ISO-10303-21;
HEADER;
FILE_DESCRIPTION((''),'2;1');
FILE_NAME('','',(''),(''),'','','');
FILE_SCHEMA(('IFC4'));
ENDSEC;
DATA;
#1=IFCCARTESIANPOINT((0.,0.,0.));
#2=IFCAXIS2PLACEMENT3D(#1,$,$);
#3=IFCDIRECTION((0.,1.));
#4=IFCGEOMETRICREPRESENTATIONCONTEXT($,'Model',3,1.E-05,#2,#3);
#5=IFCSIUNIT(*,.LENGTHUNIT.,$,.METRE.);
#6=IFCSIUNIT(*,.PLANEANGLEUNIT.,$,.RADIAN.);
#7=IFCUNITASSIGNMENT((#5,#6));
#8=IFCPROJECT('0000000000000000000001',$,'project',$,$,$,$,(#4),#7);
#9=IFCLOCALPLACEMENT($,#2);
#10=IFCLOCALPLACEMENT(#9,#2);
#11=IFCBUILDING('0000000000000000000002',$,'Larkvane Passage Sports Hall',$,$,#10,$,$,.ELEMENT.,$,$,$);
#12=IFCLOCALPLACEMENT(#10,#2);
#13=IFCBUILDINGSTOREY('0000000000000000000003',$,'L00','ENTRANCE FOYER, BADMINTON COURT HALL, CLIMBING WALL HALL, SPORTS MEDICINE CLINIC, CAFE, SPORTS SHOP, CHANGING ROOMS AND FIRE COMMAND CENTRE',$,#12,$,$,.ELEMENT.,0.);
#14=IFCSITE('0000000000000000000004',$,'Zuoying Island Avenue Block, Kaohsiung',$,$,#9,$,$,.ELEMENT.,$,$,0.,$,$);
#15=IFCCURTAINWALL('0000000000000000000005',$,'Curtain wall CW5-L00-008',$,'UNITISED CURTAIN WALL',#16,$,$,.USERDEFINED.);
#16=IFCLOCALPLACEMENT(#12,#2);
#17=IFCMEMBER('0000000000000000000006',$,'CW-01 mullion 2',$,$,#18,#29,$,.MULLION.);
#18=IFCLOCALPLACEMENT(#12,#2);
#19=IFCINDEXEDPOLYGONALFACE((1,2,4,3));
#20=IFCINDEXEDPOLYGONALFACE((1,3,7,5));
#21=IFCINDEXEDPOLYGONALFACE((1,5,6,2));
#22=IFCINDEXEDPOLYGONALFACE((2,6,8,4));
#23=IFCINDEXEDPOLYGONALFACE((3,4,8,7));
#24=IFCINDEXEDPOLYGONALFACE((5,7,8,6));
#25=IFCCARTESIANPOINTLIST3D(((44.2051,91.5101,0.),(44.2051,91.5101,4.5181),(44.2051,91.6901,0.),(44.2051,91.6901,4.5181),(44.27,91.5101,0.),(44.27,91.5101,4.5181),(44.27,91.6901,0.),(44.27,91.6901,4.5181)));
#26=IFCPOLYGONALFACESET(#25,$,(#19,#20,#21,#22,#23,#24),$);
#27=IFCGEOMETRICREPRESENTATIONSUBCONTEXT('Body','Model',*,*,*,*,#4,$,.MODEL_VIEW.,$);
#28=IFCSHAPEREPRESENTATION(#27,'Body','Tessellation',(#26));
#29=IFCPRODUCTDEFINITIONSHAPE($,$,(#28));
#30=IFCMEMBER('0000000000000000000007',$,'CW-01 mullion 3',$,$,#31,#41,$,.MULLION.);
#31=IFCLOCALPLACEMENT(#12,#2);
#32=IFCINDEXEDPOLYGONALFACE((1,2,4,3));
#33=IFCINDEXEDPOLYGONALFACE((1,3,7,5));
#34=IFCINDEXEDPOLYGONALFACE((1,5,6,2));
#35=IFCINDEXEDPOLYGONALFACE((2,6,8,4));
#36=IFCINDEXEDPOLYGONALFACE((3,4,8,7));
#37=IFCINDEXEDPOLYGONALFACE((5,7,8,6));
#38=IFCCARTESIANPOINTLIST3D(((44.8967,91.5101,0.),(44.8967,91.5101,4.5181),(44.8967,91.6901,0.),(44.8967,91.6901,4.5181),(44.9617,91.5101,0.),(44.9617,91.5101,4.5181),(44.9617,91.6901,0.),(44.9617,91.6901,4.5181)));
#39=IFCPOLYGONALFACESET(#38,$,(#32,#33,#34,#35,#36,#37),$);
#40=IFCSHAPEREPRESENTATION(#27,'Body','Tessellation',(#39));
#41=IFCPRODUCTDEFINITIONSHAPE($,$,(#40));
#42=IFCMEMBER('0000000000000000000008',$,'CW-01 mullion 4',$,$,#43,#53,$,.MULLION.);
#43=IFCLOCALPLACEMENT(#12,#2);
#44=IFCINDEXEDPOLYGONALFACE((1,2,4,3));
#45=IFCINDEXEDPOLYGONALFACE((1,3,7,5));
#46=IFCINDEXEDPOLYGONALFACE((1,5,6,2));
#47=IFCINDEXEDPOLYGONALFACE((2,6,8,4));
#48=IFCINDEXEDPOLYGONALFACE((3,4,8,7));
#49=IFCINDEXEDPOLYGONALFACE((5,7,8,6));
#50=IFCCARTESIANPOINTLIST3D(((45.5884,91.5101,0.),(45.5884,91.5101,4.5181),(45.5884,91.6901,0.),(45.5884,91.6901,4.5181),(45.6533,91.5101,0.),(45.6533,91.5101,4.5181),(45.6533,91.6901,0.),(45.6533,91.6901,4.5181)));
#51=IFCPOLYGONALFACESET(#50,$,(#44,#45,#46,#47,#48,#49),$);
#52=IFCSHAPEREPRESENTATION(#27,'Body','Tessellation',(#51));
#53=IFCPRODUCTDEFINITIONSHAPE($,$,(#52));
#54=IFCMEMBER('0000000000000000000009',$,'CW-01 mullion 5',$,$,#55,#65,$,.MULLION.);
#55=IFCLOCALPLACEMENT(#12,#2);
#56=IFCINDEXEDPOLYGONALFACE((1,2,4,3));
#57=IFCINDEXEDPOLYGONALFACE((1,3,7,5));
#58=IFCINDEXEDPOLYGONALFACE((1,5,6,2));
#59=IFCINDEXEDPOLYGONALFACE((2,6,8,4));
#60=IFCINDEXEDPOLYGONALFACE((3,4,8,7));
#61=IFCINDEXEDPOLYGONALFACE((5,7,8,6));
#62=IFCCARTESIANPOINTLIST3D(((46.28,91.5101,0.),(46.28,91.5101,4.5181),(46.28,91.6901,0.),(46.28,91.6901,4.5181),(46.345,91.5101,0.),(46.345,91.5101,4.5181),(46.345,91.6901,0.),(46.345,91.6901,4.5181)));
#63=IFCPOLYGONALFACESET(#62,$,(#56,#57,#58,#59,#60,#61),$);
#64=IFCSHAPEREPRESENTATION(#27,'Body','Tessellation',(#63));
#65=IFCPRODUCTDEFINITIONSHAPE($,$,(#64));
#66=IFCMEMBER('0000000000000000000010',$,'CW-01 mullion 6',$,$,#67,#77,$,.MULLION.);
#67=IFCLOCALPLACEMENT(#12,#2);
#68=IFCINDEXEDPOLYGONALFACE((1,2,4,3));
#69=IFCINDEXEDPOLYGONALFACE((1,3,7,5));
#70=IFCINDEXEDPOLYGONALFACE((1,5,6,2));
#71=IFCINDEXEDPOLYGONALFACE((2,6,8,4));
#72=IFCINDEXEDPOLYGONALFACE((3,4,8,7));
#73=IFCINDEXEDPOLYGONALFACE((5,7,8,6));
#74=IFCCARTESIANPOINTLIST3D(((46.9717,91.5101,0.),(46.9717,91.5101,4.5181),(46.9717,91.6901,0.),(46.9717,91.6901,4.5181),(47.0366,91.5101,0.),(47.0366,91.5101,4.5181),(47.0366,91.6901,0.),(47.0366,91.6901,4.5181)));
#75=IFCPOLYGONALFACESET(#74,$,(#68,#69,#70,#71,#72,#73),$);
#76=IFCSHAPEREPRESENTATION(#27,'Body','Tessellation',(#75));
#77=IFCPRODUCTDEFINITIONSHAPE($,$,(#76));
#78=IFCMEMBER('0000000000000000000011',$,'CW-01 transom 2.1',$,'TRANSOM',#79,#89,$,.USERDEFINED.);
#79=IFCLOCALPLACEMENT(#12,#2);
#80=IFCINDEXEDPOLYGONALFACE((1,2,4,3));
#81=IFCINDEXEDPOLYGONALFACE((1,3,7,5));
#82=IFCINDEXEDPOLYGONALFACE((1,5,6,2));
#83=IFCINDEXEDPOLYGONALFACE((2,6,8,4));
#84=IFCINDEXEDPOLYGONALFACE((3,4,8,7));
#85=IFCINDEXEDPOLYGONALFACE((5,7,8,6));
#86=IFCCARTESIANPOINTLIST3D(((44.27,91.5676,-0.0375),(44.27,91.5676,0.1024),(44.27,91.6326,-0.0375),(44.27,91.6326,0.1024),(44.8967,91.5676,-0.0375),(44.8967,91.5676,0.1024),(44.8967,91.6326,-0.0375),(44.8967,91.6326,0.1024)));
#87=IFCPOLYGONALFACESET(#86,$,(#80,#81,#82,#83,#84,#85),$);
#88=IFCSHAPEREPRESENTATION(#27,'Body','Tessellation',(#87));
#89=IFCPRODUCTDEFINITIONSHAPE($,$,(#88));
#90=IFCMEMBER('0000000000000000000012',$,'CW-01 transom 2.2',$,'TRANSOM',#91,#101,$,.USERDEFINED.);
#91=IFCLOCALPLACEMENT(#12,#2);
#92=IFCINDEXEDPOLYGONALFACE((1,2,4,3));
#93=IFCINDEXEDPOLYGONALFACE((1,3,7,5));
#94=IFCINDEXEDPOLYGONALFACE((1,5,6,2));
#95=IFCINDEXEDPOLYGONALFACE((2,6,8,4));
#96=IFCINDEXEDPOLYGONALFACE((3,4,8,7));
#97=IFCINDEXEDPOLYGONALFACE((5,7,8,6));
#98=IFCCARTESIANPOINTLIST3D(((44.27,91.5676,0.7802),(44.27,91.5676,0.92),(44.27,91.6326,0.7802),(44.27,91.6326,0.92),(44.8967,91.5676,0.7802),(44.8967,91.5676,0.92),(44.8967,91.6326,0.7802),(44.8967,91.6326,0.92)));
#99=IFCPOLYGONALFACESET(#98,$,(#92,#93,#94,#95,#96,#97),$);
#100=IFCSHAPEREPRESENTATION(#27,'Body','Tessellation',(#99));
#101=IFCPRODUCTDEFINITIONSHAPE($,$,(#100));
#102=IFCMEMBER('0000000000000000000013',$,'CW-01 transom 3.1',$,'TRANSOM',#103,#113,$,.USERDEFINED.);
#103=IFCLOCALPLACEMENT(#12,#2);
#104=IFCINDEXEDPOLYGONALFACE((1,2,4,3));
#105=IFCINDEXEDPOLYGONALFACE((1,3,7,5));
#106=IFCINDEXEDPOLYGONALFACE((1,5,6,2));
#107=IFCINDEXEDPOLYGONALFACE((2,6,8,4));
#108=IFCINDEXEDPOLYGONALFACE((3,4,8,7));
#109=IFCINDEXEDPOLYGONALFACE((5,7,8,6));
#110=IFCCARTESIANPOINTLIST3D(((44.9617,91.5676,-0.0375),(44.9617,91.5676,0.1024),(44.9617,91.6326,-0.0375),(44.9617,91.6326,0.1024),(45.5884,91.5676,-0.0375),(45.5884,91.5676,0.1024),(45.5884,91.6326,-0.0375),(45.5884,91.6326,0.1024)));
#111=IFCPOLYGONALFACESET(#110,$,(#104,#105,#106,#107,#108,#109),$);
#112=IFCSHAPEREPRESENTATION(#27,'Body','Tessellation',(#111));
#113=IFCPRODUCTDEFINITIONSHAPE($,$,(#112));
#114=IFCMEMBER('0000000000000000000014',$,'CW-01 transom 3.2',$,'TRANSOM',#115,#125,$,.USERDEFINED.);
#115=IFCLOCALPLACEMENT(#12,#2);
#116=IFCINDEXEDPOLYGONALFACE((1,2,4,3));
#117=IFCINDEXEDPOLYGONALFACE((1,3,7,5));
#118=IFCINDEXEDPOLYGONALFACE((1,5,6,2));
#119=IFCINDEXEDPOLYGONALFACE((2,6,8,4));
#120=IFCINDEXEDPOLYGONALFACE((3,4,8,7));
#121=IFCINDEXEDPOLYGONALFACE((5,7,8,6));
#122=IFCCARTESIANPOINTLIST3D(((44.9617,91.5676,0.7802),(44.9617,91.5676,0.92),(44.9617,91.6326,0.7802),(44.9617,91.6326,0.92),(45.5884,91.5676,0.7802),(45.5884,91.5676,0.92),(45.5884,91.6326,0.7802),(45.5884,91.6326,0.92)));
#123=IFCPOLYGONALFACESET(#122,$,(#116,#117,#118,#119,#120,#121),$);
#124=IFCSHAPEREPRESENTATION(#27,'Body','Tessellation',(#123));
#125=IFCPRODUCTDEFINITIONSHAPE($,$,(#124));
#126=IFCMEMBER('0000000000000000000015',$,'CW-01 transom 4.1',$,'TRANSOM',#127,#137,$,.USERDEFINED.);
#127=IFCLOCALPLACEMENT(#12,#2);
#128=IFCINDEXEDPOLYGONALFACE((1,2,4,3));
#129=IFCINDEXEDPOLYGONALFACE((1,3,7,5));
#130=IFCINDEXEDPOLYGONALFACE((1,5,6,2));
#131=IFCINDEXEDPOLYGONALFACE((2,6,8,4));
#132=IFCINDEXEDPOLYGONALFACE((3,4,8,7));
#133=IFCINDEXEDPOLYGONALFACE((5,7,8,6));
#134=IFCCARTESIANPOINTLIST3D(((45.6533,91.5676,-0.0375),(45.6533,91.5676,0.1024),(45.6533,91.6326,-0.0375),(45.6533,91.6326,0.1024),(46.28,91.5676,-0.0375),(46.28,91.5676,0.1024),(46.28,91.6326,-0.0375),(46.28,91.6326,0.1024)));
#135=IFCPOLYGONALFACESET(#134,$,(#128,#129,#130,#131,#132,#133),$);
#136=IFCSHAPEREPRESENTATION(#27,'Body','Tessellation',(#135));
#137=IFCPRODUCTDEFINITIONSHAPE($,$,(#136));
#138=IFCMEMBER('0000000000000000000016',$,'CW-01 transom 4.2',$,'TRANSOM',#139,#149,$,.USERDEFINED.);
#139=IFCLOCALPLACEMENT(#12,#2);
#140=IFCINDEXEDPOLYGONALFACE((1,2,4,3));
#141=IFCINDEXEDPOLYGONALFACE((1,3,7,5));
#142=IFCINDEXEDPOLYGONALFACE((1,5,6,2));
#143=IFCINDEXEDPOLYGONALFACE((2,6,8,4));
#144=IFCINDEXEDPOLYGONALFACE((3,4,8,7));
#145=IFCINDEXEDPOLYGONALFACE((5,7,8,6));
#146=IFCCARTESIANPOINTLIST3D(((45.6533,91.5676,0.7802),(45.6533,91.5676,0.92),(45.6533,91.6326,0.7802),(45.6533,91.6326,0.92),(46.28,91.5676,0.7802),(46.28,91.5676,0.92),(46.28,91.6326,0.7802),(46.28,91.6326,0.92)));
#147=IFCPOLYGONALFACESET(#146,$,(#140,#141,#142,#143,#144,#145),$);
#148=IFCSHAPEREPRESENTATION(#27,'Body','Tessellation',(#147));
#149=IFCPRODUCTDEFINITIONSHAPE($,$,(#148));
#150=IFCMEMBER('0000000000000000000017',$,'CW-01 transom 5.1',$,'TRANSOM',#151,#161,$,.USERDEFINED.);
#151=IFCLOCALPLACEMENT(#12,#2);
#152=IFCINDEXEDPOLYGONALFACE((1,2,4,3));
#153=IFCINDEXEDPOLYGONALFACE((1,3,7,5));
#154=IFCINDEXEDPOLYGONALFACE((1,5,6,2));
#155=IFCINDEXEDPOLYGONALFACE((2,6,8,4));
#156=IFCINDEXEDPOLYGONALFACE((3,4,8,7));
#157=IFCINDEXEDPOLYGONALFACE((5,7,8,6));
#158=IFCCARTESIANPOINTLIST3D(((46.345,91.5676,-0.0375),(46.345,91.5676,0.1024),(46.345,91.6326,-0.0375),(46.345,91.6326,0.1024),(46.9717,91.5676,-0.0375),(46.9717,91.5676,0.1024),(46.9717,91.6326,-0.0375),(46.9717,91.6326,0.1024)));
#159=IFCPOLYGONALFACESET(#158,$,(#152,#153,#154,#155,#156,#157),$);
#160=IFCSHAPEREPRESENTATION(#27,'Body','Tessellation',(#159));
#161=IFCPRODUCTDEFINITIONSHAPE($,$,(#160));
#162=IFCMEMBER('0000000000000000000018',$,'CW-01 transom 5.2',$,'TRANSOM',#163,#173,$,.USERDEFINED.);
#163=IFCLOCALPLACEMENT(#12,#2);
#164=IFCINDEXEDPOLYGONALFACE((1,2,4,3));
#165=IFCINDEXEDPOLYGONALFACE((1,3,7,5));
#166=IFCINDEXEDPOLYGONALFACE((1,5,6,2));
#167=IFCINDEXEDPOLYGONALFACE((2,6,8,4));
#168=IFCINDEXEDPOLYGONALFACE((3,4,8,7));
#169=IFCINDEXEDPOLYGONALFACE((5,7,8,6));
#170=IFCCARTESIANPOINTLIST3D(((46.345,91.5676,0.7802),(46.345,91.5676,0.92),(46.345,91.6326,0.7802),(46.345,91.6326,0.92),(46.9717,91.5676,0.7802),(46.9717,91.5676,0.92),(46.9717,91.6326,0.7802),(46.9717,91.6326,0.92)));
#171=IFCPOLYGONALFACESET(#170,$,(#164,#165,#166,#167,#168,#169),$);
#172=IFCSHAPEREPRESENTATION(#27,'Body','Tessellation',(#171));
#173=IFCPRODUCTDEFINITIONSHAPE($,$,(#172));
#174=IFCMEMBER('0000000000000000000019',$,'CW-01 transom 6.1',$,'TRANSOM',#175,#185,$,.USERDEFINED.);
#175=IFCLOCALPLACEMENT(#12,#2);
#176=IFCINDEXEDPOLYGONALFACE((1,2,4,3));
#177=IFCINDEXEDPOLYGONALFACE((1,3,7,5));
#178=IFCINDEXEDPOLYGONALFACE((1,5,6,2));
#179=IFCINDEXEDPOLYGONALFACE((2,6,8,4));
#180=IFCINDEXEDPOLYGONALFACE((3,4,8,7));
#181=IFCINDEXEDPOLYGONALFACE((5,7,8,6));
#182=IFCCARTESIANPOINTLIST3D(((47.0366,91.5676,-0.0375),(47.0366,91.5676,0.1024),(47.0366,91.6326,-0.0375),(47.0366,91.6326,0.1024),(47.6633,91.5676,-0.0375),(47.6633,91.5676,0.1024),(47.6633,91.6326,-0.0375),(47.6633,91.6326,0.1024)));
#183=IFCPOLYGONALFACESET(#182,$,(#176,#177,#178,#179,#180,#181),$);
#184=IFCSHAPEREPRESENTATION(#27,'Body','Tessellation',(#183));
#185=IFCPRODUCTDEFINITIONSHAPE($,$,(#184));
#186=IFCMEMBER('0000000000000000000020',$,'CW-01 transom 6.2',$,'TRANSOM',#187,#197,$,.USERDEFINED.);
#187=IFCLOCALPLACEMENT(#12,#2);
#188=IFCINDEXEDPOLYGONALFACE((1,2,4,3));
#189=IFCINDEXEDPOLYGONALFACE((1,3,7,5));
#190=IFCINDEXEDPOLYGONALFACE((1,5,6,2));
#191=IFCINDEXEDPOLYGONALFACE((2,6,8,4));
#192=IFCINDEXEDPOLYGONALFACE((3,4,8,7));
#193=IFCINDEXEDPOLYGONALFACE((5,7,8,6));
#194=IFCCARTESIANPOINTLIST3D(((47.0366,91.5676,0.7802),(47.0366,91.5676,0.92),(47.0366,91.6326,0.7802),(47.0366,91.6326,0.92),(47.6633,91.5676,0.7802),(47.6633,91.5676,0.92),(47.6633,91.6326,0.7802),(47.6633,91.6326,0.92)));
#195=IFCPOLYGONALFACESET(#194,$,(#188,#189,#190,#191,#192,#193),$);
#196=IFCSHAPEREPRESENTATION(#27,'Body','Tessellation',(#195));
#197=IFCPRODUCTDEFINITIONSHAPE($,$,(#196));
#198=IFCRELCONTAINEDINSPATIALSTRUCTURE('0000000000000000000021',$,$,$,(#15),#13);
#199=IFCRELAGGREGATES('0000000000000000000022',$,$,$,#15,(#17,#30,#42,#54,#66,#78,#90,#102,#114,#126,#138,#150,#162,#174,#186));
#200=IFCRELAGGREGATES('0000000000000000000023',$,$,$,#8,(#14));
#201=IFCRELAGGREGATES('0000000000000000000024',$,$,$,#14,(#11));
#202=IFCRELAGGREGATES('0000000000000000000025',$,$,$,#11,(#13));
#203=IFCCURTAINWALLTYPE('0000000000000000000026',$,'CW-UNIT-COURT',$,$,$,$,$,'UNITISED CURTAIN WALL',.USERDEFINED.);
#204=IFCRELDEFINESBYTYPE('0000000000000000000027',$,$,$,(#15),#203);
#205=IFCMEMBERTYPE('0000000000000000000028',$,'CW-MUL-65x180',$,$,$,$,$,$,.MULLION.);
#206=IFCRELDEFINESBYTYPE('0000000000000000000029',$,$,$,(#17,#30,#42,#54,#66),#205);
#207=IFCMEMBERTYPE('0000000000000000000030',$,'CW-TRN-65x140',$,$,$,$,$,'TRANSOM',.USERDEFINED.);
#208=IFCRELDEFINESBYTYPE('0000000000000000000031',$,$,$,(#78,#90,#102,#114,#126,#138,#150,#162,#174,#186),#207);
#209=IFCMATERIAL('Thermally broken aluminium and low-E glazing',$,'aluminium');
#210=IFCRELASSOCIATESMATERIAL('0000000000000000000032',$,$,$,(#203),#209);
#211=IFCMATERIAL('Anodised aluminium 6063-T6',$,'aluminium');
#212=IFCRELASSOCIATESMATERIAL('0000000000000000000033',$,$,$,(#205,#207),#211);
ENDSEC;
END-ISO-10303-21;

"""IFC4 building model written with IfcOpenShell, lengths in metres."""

from ifc_helpers import new_model, si_unit, direction, frame, origin, origin_2d, place, context, subcontext, project, spatial, rectangle, extrude, material, material_profile, profile_set, type_object, element, aggregate, save


model = new_model("IFC4")

# Units and contexts
model_context = context("Model", 3, precision=1e-05, world=origin(), true_north=direction((0.0, 1.0)))
body_context = subcontext(model_context, "Body", "Model", "MODEL_VIEW")
ifc_project = project(units=[si_unit("LENGTHUNIT", "METRE"), si_unit("PLANEANGLEUNIT", "RADIAN")], contexts=[model_context])

# Site, building, storey
site_placement = place(None, origin())
site = spatial("IfcSite", under=ifc_project, at=site_placement, Name="Zuoying Island Avenue Block, Kaohsiung", CompositionType="ELEMENT", RefElevation=0.0)
building_placement = place(site_placement, origin())
building = spatial("IfcBuilding", under=site, at=building_placement, Name="Larkvane Passage Sports Hall", CompositionType="ELEMENT")
storey_placement = place(building_placement, origin())
storey = spatial("IfcBuildingStorey", under=building, at=storey_placement, Name="L00", Description="ENTRANCE FOYER, BADMINTON COURT HALL, CLIMBING WALL HALL, SPORTS MEDICINE CLINIC, CAFE, SPORTS SHOP, CHANGING ROOMS AND FIRE COMMAND CENTRE", CompositionType="ELEMENT", Elevation=0.0)

# Curtain wall, members
ifc_material_1 = material(Name="Thermally broken aluminium and low-E glazing", Category="aluminium")
curtain_wall_type = type_object("IfcCurtainWallType", Name="CW-UNIT-COURT", ElementType="UNITISED CURTAIN WALL", PredefinedType="USERDEFINED", material=ifc_material_1)
curtain_wall_placement = place(storey_placement, origin())
curtain_wall = element("IfcCurtainWall", 1, at=curtain_wall_placement, inside=storey, type_object=curtain_wall_type, Name="Curtain wall CW5-L00-008", ObjectType="UNITISED CURTAIN WALL", PredefinedType="USERDEFINED")
ifc_material_2 = material(Name="Anodised aluminium 6063-T6", Category="aluminium")
ifc_material_profile_1 = material_profile(ifc_material_2, rectangle(XDim=0.0649, YDim=0.1799, at=origin_2d()), Name="ALU-MUL-65x180")
ifc_profile_set_1 = profile_set([ifc_material_profile_1], Name="Anodised aluminium 6063-T6")
member_type_1 = type_object("IfcMemberType", Name="CW-MUL-65x180", PredefinedType="MULLION", material=ifc_profile_set_1)
member_1_placement = place(storey_placement, frame((44.2375, 91.6001, 0.0), z_axis=(0.0, 0.0, 1.0), x_axis=(1.0, 0.0, 0.0)))
member_1 = element("IfcMember", 2, at=member_1_placement, type_object=member_type_1, Name="CW-01 mullion 2", PredefinedType="MULLION", context=body_context, shape_type="SweptSolid", body=[
    extrude(rectangle(XDim=0.0649, YDim=0.1799, at=origin_2d()), origin(), (0.0, 0.0, 1.0), 4.5181),
])
member_2_placement = place(storey_placement, frame((44.9292, 91.6001, 0.0), z_axis=(0.0, 0.0, 1.0), x_axis=(1.0, 0.0, 0.0)))
member_2 = element("IfcMember", 3, at=member_2_placement, type_object=member_type_1, Name="CW-01 mullion 3", PredefinedType="MULLION", context=body_context, shape_type="SweptSolid", body=[
    extrude(rectangle(XDim=0.0649, YDim=0.1799, at=origin_2d()), origin(), (0.0, 0.0, 1.0), 4.5181),
])
member_3_placement = place(storey_placement, frame((45.6208, 91.6001, 0.0), z_axis=(0.0, 0.0, 1.0), x_axis=(1.0, 0.0, 0.0)))
member_3 = element("IfcMember", 4, at=member_3_placement, type_object=member_type_1, Name="CW-01 mullion 4", PredefinedType="MULLION", context=body_context, shape_type="SweptSolid", body=[
    extrude(rectangle(XDim=0.0649, YDim=0.1799, at=origin_2d()), origin(), (0.0, 0.0, 1.0), 4.5181),
])
member_4_placement = place(storey_placement, frame((46.3125, 91.6001, 0.0), z_axis=(0.0, 0.0, 1.0), x_axis=(1.0, 0.0, 0.0)))
member_4 = element("IfcMember", 5, at=member_4_placement, type_object=member_type_1, Name="CW-01 mullion 5", PredefinedType="MULLION", context=body_context, shape_type="SweptSolid", body=[
    extrude(rectangle(XDim=0.0649, YDim=0.1799, at=origin_2d()), origin(), (0.0, 0.0, 1.0), 4.5181),
])
member_5_placement = place(storey_placement, frame((47.0042, 91.6001, 0.0), z_axis=(0.0, 0.0, 1.0), x_axis=(1.0, 0.0, 0.0)))
member_5 = element("IfcMember", 6, at=member_5_placement, type_object=member_type_1, Name="CW-01 mullion 6", PredefinedType="MULLION", context=body_context, shape_type="SweptSolid", body=[
    extrude(rectangle(XDim=0.0649, YDim=0.1799, at=origin_2d()), origin(), (0.0, 0.0, 1.0), 4.5181),
])
ifc_material_profile_2 = material_profile(ifc_material_2, rectangle(XDim=0.0649, YDim=0.1399, at=origin_2d()), Name="ALU-TRN-65x140")
ifc_profile_set_2 = profile_set([ifc_material_profile_2], Name="Anodised aluminium 6063-T6")
member_type_2 = type_object("IfcMemberType", Name="CW-TRN-65x140", ElementType="TRANSOM", PredefinedType="USERDEFINED", material=ifc_profile_set_2)
member_6_placement = place(storey_placement, frame((44.27, 91.6001, 0.0325), z_axis=(1.0, 0.0, 0.0), x_axis=(0.0, 1.0, 0.0)))
member_6 = element("IfcMember", 7, at=member_6_placement, type_object=member_type_2, Name="CW-01 transom 2.1", ObjectType="TRANSOM", PredefinedType="USERDEFINED", context=body_context, shape_type="SweptSolid", body=[
    extrude(rectangle(XDim=0.0649, YDim=0.1399, at=origin_2d()), origin(), (0.0, 0.0, 1.0), 0.6267),
])
member_7_placement = place(storey_placement, frame((44.27, 91.6001, 0.8501), z_axis=(1.0, 0.0, 0.0), x_axis=(0.0, 1.0, 0.0)))
member_7 = element("IfcMember", 8, at=member_7_placement, type_object=member_type_2, Name="CW-01 transom 2.2", ObjectType="TRANSOM", PredefinedType="USERDEFINED", context=body_context, shape_type="SweptSolid", body=[
    extrude(rectangle(XDim=0.0649, YDim=0.1399, at=origin_2d()), origin(), (0.0, 0.0, 1.0), 0.6267),
])
member_8_placement = place(storey_placement, frame((44.9617, 91.6001, 0.0325), z_axis=(1.0, 0.0, 0.0), x_axis=(0.0, 1.0, 0.0)))
member_8 = element("IfcMember", 9, at=member_8_placement, type_object=member_type_2, Name="CW-01 transom 3.1", ObjectType="TRANSOM", PredefinedType="USERDEFINED", context=body_context, shape_type="SweptSolid", body=[
    extrude(rectangle(XDim=0.0649, YDim=0.1399, at=origin_2d()), origin(), (0.0, 0.0, 1.0), 0.6267),
])
member_9_placement = place(storey_placement, frame((44.9617, 91.6001, 0.8501), z_axis=(1.0, 0.0, 0.0), x_axis=(0.0, 1.0, 0.0)))
member_9 = element("IfcMember", 10, at=member_9_placement, type_object=member_type_2, Name="CW-01 transom 3.2", ObjectType="TRANSOM", PredefinedType="USERDEFINED", context=body_context, shape_type="SweptSolid", body=[
    extrude(rectangle(XDim=0.0649, YDim=0.1399, at=origin_2d()), origin(), (0.0, 0.0, 1.0), 0.6267),
])
member_10_placement = place(storey_placement, frame((45.6533, 91.6001, 0.0325), z_axis=(1.0, 0.0, 0.0), x_axis=(0.0, 1.0, 0.0)))
member_10 = element("IfcMember", 11, at=member_10_placement, type_object=member_type_2, Name="CW-01 transom 4.1", ObjectType="TRANSOM", PredefinedType="USERDEFINED", context=body_context, shape_type="SweptSolid", body=[
    extrude(rectangle(XDim=0.0649, YDim=0.1399, at=origin_2d()), origin(), (0.0, 0.0, 1.0), 0.6267),
])
member_11_placement = place(storey_placement, frame((45.6533, 91.6001, 0.8501), z_axis=(1.0, 0.0, 0.0), x_axis=(0.0, 1.0, 0.0)))
member_11 = element("IfcMember", 12, at=member_11_placement, type_object=member_type_2, Name="CW-01 transom 4.2", ObjectType="TRANSOM", PredefinedType="USERDEFINED", context=body_context, shape_type="SweptSolid", body=[
    extrude(rectangle(XDim=0.0649, YDim=0.1399, at=origin_2d()), origin(), (0.0, 0.0, 1.0), 0.6267),
])
member_12_placement = place(storey_placement, frame((46.345, 91.6001, 0.0325), z_axis=(1.0, 0.0, 0.0), x_axis=(0.0, 1.0, 0.0)))
member_12 = element("IfcMember", 13, at=member_12_placement, type_object=member_type_2, Name="CW-01 transom 5.1", ObjectType="TRANSOM", PredefinedType="USERDEFINED", context=body_context, shape_type="SweptSolid", body=[
    extrude(rectangle(XDim=0.0649, YDim=0.1399, at=origin_2d()), origin(), (0.0, 0.0, 1.0), 0.6267),
])
member_13_placement = place(storey_placement, frame((46.345, 91.6001, 0.8501), z_axis=(1.0, 0.0, 0.0), x_axis=(0.0, 1.0, 0.0)))
member_13 = element("IfcMember", 14, at=member_13_placement, type_object=member_type_2, Name="CW-01 transom 5.2", ObjectType="TRANSOM", PredefinedType="USERDEFINED", context=body_context, shape_type="SweptSolid", body=[
    extrude(rectangle(XDim=0.0649, YDim=0.1399, at=origin_2d()), origin(), (0.0, 0.0, 1.0), 0.6267),
])
member_14_placement = place(storey_placement, frame((47.0366, 91.6001, 0.0325), z_axis=(1.0, 0.0, 0.0), x_axis=(0.0, 1.0, 0.0)))
member_14 = element("IfcMember", 15, at=member_14_placement, type_object=member_type_2, Name="CW-01 transom 6.1", ObjectType="TRANSOM", PredefinedType="USERDEFINED", context=body_context, shape_type="SweptSolid", body=[
    extrude(rectangle(XDim=0.0649, YDim=0.1399, at=origin_2d()), origin(), (0.0, 0.0, 1.0), 0.6267),
])
member_15_placement = place(storey_placement, frame((47.0366, 91.6001, 0.8501), z_axis=(1.0, 0.0, 0.0), x_axis=(0.0, 1.0, 0.0)))
member_15 = element("IfcMember", 16, at=member_15_placement, type_object=member_type_2, Name="CW-01 transom 6.2", ObjectType="TRANSOM", PredefinedType="USERDEFINED", context=body_context, shape_type="SweptSolid", body=[
    extrude(rectangle(XDim=0.0649, YDim=0.1399, at=origin_2d()), origin(), (0.0, 0.0, 1.0), 0.6267),
])
aggregate(curtain_wall, [member_1, member_2, member_3, member_4, member_5, member_6, member_7, member_8, member_9, member_10, member_11, member_12, member_13, member_14, member_15])

save(model, "model.ifc")
